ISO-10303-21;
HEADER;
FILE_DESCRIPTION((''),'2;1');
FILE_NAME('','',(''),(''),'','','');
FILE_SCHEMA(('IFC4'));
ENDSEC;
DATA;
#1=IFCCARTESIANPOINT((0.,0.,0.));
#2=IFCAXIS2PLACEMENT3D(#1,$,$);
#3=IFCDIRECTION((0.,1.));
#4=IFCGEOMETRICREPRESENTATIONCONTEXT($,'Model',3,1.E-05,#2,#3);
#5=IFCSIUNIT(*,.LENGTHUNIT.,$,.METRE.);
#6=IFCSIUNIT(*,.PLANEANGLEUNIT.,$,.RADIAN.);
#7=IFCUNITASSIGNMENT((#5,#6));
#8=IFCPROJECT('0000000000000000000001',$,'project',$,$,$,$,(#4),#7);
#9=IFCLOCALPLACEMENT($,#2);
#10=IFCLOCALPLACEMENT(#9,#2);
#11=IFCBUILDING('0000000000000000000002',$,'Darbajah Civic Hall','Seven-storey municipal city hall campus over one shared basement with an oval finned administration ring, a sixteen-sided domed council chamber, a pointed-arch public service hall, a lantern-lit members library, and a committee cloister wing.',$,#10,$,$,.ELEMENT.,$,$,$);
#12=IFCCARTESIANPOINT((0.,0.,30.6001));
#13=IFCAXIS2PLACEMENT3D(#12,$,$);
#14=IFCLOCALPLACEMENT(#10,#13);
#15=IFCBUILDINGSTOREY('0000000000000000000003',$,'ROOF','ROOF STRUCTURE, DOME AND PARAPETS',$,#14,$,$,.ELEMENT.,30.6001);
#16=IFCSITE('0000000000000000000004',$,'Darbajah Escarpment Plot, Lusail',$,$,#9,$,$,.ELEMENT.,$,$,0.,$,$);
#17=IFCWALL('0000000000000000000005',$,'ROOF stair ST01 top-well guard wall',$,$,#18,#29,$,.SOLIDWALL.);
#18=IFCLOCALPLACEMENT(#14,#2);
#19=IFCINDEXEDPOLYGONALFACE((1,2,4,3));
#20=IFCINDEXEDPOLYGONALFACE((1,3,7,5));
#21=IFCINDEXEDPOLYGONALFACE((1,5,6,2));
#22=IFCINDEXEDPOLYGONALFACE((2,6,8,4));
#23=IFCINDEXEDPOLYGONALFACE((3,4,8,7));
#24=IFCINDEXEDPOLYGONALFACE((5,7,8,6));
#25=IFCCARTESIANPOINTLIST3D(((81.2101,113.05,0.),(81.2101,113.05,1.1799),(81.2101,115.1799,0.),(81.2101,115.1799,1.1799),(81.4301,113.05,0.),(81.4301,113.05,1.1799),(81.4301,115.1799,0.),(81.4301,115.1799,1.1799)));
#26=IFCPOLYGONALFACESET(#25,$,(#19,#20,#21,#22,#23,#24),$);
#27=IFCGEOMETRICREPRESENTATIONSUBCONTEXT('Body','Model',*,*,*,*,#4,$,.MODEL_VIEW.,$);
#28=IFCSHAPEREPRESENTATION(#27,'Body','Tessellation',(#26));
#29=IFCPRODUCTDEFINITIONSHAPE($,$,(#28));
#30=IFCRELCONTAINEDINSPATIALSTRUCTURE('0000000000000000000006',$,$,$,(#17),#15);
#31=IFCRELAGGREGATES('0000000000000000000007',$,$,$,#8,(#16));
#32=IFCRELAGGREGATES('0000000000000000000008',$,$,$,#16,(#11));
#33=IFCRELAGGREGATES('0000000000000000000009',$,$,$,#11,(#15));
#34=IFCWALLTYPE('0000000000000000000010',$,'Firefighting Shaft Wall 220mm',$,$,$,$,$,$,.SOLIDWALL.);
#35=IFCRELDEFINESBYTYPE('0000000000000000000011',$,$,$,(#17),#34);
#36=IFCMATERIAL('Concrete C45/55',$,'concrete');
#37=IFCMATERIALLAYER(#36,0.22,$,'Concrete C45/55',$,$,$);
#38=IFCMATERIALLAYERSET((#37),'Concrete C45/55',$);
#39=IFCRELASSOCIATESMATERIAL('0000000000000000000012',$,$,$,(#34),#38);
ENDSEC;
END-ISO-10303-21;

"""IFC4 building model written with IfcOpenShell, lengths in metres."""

from ifc_helpers import new_model, si_unit, direction, frame, frame_2d, origin, place, context, subcontext, project, spatial, rectangle, extrude, material, layer, layer_set, type_object, element, save


model = new_model("IFC4")

# Units and contexts
model_context = context("Model", 3, precision=1e-05, world=origin(), true_north=direction((0.0, 1.0)))
body_context = subcontext(model_context, "Body", "Model", "MODEL_VIEW")
ifc_project = project(units=[si_unit("LENGTHUNIT", "METRE"), si_unit("PLANEANGLEUNIT", "RADIAN")], contexts=[model_context])

# Site, building, storey
site_placement = place(None, origin())
site = spatial("IfcSite", under=ifc_project, at=site_placement, Name="Darbajah Escarpment Plot, Lusail", CompositionType="ELEMENT", RefElevation=0.0)
building_placement = place(site_placement, origin())
building = spatial("IfcBuilding", under=site, at=building_placement, Name="Darbajah Civic Hall", Description="Seven-storey municipal city hall campus over one shared basement with an oval finned administration ring, a sixteen-sided domed council chamber, a pointed-arch public service hall, a lantern-lit members library, and a committee cloister wing.", CompositionType="ELEMENT")
storey_placement = place(building_placement, frame((0.0, 0.0, 30.6001)))
storey = spatial("IfcBuildingStorey", under=building, at=storey_placement, Name="ROOF", Description="ROOF STRUCTURE, DOME AND PARAPETS", CompositionType="ELEMENT", Elevation=30.6001)

# Shared definitions
ifc_material_1 = material(Name="Concrete C45/55", Category="concrete")

# Wall
ifc_layer_1 = layer(ifc_material_1, 0.22, Name="Concrete C45/55")
ifc_layer_set_1 = layer_set([ifc_layer_1], Name="Concrete C45/55")
wall_type_1 = type_object("IfcWallType", Name="Firefighting Shaft Wall 220mm", PredefinedType="SOLIDWALL", material=ifc_layer_set_1)
wall_1_placement = place(storey_placement, frame((81.3201, 113.05, 0.0), z_axis=(0.0, 0.0, 1.0), x_axis=(0.0, 1.0, 0.0)))
element("IfcWall", 1, at=wall_1_placement, inside=storey, type_object=wall_type_1, Name="ROOF stair ST01 top-well guard wall", PredefinedType="SOLIDWALL", context=body_context, shape_type="SweptSolid", body=[
    extrude(rectangle(XDim=2.1299, YDim=0.22, at=frame_2d((1.0649, 0.0))), origin(), (0.0, 0.0, 1.0), 1.1799),
])

save(model, "model.ifc")
